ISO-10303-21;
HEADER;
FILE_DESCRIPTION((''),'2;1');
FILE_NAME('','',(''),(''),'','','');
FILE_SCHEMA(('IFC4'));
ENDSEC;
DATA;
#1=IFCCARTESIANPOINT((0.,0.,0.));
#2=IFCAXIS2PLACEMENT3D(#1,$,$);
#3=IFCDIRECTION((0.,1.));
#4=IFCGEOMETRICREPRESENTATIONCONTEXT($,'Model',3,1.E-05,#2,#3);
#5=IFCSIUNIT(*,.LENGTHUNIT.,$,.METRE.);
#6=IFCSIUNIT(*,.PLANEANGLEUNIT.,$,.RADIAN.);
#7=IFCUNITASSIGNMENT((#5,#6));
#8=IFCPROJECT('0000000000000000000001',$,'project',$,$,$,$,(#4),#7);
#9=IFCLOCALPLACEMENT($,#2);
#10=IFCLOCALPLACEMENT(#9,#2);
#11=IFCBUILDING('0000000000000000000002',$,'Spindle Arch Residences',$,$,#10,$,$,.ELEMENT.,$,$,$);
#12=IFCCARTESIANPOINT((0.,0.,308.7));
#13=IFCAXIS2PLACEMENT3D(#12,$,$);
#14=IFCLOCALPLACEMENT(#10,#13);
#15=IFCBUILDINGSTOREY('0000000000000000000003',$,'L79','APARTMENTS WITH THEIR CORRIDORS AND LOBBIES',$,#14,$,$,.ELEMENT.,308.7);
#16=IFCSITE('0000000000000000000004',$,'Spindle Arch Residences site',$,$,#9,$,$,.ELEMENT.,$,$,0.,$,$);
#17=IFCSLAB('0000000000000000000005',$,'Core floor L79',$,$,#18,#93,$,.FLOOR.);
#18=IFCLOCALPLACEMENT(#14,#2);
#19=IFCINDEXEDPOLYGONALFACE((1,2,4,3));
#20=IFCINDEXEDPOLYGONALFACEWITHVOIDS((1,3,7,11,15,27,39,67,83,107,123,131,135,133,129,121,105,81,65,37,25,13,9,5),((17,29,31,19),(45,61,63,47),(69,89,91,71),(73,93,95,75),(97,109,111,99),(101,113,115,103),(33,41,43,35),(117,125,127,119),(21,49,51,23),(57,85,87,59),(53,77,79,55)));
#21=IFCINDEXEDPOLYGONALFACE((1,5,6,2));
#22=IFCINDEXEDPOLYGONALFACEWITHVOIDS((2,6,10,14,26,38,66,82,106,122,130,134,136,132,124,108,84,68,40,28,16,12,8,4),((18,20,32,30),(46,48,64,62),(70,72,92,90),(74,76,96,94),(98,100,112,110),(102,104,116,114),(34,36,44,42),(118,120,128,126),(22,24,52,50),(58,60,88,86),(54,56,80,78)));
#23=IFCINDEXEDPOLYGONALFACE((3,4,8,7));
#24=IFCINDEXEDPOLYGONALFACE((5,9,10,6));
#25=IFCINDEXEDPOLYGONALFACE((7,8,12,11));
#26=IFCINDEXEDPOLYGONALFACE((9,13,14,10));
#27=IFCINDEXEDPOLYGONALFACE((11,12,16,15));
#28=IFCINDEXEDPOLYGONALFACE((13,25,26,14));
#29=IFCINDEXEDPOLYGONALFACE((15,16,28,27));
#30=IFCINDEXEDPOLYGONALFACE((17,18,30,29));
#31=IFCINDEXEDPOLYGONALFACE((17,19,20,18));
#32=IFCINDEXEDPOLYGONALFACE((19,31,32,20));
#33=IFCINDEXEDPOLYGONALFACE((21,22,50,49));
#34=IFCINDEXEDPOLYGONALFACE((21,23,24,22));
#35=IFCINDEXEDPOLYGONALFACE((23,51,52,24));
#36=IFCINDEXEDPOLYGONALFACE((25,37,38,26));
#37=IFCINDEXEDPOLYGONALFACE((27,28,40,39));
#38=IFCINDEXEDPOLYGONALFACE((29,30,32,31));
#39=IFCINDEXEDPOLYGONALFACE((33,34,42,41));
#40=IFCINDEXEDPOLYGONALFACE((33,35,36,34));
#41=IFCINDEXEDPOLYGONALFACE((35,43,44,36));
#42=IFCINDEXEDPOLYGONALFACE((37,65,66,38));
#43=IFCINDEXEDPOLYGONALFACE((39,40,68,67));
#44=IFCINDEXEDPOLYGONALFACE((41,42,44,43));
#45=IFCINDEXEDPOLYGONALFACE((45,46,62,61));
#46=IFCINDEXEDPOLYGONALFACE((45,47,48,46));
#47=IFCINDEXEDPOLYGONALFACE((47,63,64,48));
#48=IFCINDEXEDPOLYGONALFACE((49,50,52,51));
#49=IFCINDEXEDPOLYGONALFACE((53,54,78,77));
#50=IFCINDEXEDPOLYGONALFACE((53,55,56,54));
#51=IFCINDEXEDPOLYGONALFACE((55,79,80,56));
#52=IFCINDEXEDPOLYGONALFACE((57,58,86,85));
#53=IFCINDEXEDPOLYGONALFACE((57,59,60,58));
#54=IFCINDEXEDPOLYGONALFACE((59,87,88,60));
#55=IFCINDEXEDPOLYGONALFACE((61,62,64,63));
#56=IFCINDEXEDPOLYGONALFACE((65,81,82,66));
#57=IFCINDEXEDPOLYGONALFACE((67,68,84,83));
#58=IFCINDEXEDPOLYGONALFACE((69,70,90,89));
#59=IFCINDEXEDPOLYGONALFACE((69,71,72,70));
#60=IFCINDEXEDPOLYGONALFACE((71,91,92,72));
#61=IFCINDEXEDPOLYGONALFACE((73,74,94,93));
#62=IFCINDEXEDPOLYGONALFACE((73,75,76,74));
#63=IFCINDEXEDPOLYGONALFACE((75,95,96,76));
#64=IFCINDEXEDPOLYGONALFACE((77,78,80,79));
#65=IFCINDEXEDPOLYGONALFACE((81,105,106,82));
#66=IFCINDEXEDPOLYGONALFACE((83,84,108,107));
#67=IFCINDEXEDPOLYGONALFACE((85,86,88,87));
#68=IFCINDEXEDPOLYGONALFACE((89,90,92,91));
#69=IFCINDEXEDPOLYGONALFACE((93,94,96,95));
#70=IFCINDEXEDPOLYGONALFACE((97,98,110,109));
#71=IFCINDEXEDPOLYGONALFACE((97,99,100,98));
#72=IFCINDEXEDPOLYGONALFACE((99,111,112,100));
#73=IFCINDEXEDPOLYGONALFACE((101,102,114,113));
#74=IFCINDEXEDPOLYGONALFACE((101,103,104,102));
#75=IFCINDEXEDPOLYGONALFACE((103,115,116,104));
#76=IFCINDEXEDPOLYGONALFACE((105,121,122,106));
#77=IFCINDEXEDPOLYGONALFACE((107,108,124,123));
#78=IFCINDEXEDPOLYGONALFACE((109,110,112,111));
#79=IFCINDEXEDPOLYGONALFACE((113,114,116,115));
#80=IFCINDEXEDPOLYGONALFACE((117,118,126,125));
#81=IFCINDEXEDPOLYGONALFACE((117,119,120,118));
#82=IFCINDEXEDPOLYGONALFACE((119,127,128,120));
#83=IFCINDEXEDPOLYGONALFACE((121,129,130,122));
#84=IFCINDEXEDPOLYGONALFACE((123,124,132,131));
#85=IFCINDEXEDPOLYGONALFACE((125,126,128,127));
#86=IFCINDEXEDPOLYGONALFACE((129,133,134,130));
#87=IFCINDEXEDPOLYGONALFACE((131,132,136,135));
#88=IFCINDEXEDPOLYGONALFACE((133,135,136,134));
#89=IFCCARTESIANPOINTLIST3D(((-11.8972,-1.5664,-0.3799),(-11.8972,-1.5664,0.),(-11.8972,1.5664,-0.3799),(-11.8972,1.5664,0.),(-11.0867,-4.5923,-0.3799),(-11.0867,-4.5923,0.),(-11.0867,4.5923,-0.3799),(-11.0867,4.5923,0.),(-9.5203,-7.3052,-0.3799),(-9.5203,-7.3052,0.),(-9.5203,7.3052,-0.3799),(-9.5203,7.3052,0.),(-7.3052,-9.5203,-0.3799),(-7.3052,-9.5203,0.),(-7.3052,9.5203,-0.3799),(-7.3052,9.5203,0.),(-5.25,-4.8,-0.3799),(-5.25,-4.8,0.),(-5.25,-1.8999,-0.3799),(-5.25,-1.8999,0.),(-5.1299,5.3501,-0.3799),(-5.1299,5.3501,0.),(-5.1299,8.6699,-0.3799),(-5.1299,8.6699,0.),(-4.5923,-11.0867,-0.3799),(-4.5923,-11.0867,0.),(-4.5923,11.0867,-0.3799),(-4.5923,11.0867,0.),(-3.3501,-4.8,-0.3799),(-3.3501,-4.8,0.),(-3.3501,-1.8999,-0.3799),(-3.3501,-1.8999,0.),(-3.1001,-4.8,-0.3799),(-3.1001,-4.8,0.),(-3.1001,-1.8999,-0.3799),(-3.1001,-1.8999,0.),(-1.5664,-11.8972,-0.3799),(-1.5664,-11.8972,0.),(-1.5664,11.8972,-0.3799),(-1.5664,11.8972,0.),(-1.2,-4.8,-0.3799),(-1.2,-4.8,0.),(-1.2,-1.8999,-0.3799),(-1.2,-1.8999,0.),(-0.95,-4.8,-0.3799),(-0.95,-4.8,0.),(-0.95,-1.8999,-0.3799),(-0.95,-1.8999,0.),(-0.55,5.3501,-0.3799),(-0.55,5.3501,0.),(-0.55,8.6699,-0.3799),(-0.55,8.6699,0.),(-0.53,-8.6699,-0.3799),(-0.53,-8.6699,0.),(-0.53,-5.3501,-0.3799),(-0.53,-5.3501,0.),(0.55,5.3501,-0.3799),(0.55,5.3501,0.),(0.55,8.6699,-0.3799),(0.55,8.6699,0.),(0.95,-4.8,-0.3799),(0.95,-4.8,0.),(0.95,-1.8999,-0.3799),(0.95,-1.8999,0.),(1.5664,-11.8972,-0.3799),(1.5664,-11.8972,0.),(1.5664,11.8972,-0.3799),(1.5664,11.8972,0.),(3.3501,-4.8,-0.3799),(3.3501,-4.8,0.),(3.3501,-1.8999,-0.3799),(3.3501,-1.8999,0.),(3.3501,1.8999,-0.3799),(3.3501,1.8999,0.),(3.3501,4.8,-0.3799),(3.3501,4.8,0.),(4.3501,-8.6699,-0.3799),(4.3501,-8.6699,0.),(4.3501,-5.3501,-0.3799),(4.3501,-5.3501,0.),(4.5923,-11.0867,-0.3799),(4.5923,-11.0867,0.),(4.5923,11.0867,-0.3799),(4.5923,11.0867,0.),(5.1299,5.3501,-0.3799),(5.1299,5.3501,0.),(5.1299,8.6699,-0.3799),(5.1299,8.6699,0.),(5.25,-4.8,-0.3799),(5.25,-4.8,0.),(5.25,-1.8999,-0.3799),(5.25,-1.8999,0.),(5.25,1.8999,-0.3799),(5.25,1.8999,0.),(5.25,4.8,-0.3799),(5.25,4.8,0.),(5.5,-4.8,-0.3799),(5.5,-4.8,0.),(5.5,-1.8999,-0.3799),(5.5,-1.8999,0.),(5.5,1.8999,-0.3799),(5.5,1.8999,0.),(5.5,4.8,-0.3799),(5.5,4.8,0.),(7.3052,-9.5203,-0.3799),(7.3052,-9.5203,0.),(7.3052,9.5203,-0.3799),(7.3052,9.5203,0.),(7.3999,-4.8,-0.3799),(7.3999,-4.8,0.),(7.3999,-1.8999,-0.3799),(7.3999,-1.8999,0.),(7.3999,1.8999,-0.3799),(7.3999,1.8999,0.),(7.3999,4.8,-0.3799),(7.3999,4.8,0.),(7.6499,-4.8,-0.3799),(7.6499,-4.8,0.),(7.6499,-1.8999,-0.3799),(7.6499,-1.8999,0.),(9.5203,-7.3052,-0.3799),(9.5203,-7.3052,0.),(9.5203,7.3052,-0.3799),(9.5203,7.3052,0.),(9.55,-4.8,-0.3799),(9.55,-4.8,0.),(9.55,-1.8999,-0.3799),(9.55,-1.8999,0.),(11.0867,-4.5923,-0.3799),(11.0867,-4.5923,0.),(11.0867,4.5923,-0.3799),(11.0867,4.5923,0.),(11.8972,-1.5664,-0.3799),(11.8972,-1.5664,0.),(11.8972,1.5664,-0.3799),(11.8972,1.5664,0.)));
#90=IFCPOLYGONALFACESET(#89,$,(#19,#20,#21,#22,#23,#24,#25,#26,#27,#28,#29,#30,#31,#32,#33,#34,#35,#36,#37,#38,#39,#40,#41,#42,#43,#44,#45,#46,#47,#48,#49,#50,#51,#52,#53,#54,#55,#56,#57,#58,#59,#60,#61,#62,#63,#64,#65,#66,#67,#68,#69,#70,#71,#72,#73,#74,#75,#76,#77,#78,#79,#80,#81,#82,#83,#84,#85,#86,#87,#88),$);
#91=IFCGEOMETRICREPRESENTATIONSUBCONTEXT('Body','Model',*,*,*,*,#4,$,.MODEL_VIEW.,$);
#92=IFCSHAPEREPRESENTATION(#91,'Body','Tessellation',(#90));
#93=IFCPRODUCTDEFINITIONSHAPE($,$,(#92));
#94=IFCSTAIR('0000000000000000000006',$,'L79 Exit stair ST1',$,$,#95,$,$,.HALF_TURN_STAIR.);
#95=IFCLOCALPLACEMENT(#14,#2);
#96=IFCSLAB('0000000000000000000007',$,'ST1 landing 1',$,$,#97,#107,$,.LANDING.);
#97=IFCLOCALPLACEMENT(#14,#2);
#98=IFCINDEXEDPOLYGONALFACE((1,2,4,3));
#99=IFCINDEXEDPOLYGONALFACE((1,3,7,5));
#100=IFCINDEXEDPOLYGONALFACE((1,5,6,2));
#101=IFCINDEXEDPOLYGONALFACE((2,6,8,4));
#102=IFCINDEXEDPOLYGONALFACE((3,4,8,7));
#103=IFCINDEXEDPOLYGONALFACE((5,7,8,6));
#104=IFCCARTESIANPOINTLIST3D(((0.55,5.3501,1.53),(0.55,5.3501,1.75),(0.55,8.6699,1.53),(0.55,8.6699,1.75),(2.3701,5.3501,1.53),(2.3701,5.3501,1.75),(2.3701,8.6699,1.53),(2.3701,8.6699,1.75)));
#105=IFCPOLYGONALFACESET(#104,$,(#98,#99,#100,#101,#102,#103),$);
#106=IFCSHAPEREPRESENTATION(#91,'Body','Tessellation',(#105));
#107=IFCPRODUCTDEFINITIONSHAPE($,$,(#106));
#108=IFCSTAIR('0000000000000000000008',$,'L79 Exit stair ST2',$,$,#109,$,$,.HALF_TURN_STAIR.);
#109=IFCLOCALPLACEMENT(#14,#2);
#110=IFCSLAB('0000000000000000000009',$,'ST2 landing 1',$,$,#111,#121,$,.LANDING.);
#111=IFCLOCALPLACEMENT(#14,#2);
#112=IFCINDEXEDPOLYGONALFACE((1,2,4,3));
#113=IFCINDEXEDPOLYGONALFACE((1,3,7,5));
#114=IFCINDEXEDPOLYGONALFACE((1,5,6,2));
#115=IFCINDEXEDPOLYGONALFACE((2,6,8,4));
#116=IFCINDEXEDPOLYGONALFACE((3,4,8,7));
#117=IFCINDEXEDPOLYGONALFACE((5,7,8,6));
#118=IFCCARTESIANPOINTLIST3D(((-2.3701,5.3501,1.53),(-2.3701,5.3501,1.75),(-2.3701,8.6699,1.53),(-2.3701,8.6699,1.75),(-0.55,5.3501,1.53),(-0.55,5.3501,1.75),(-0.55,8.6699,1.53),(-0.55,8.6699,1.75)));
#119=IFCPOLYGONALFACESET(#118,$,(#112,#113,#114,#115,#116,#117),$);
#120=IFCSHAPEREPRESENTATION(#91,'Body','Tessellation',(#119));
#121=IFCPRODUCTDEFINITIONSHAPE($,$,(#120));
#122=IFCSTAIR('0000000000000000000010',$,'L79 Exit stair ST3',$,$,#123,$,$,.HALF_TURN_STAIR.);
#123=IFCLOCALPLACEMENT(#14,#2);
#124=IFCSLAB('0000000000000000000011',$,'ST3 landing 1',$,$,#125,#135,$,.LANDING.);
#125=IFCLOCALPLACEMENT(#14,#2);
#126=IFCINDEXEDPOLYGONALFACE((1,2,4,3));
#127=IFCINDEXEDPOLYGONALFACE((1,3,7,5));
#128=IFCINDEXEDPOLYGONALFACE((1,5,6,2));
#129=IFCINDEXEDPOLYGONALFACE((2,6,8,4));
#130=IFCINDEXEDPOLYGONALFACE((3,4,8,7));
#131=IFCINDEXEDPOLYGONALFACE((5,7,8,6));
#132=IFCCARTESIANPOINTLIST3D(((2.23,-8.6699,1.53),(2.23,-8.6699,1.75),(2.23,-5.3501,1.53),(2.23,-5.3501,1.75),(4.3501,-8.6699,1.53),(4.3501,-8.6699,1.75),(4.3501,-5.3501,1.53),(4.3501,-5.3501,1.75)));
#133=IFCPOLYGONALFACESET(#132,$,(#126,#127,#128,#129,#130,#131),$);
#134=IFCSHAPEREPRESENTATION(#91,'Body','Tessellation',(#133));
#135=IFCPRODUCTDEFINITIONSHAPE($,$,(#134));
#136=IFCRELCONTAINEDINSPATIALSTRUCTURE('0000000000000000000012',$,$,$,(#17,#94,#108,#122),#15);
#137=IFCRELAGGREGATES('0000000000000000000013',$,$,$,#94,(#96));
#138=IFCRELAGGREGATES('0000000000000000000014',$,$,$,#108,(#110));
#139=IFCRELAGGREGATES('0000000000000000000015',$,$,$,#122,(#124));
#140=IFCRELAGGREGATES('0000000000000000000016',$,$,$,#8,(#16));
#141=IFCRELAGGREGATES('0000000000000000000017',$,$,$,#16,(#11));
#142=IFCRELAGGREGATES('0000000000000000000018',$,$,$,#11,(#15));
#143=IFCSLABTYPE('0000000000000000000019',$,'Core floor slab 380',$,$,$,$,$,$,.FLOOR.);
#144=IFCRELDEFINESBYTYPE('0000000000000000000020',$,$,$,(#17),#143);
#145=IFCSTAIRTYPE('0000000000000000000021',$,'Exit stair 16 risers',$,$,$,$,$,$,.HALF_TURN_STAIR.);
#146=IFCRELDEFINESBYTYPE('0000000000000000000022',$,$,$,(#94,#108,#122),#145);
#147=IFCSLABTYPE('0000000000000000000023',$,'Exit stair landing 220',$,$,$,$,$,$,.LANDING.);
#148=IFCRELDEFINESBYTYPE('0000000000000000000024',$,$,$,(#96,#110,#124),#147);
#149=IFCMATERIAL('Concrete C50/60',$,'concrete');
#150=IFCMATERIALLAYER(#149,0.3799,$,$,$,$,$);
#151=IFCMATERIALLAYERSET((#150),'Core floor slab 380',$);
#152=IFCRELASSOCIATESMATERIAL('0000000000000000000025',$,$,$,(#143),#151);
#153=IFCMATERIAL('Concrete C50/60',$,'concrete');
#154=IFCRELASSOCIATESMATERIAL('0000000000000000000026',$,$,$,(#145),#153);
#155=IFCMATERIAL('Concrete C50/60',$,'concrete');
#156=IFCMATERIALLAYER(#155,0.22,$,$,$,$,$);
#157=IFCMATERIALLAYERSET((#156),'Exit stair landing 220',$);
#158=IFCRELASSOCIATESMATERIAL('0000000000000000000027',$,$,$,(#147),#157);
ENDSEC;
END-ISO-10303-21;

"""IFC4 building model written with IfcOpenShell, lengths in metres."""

from ifc_helpers import new_model, si_unit, direction, frame, origin, place, context, subcontext, project, spatial, polyline, outline, extrude, material, layer, layer_set, type_object, element, aggregate, save


model = new_model("IFC4")

# Units and contexts
model_context = context("Model", 3, precision=1e-05, world=origin(), true_north=direction((0.0, 1.0)))
body_context = subcontext(model_context, "Body", "Model", "MODEL_VIEW")
ifc_project = project(units=[si_unit("LENGTHUNIT", "METRE"), si_unit("PLANEANGLEUNIT", "RADIAN")], contexts=[model_context])

# Site, building, storey
site_placement = place(None, origin())
site = spatial("IfcSite", under=ifc_project, at=site_placement, Name="Spindle Arch Residences site", CompositionType="ELEMENT", RefElevation=0.0)
building_placement = place(site_placement, origin())
building = spatial("IfcBuilding", under=site, at=building_placement, Name="Spindle Arch Residences", CompositionType="ELEMENT")
storey_placement = place(building_placement, frame((0.0, 0.0, 308.7)))
storey = spatial("IfcBuildingStorey", under=building, at=storey_placement, Name="L79", Description="APARTMENTS WITH THEIR CORRIDORS AND LOBBIES", CompositionType="ELEMENT", Elevation=308.7)

# Slab
ifc_material_1 = material(Name="Concrete C50/60", Category="concrete")
ifc_layer_1 = layer(ifc_material_1, 0.3799)
ifc_layer_set_1 = layer_set([ifc_layer_1], Name="Core floor slab 380")
slab_type_1 = type_object("IfcSlabType", Name="Core floor slab 380", PredefinedType="FLOOR", material=ifc_layer_set_1)
slab_1_placement = place(storey_placement, frame((0.0, 0.0, -0.3799)))
element("IfcSlab", 1, at=slab_1_placement, inside=storey, type_object=slab_type_1, Name="Core floor L79", PredefinedType="FLOOR", context=body_context, shape_type="SweptSolid", body=[
    extrude(outline(polyline([(1.5664, -11.8972), (4.5923, -11.0867), (7.3052, -9.5203), (9.5203, -7.3052), (11.0867, -4.5923), (11.8972, -1.5664), (11.8972, 1.5664), (11.0867, 4.5923), (9.5203, 7.3052), (7.3052, 9.5203), (4.5923, 11.0867), (1.5664, 11.8972), (-1.5664, 11.8972), (-4.5923, 11.0867), (-7.3052, 9.5203), (-9.5203, 7.3052), (-11.0867, 4.5923), (-11.8972, 1.5664), (-11.8972, -1.5664), (-11.0867, -4.5923), (-9.5203, -7.3052), (-7.3052, -9.5203), (-4.5923, -11.0867), (-1.5664, -11.8972), (1.5664, -11.8972)]), holes=[polyline([(3.3501, 1.8999), (5.25, 1.8999), (5.25, 4.8), (3.3501, 4.8), (3.3501, 1.8999)]), polyline([(5.5, 1.8999), (7.3999, 1.8999), (7.3999, 4.8), (5.5, 4.8), (5.5, 1.8999)]), polyline([(-5.25, -4.8), (-3.3501, -4.8), (-3.3501, -1.8999), (-5.25, -1.8999), (-5.25, -4.8)]), polyline([(-3.1001, -4.8), (-1.2, -4.8), (-1.2, -1.8999), (-3.1001, -1.8999), (-3.1001, -4.8)]), polyline([(-0.95, -4.8), (0.95, -4.8), (0.95, -1.8999), (-0.95, -1.8999), (-0.95, -4.8)]), polyline([(3.3501, -4.8), (5.25, -4.8), (5.25, -1.8999), (3.3501, -1.8999), (3.3501, -4.8)]), polyline([(5.5, -4.8), (7.3999, -4.8), (7.3999, -1.8999), (5.5, -1.8999), (5.5, -4.8)]), polyline([(7.6499, -4.8), (9.55, -4.8), (9.55, -1.8999), (7.6499, -1.8999), (7.6499, -4.8)]), polyline([(5.1299, 8.6699), (0.55, 8.6699), (0.55, 5.3501), (5.1299, 5.3501), (5.1299, 8.6699)]), polyline([(-5.1299, 5.3501), (-0.55, 5.3501), (-0.55, 8.6699), (-5.1299, 8.6699), (-5.1299, 5.3501)]), polyline([(-0.53, -8.6699), (4.3501, -8.6699), (4.3501, -5.3501), (-0.53, -5.3501), (-0.53, -8.6699)])]), origin(), (0.0, 0.0, 1.0), 0.3799),
])

# Stairs, slabs
ifc_material_2 = material(Name="Concrete C50/60", Category="concrete")
stair_type = type_object("IfcStairType", Name="Exit stair 16 risers", PredefinedType="HALF_TURN_STAIR", material=ifc_material_2)
stair_1_placement = place(storey_placement, origin())
stair_1 = element("IfcStair", 2, at=stair_1_placement, inside=storey, type_object=stair_type, Name="L79 Exit stair ST1", PredefinedType="HALF_TURN_STAIR")
ifc_material_3 = material(Name="Concrete C50/60", Category="concrete")
ifc_layer_2 = layer(ifc_material_3, 0.22)
ifc_layer_set_2 = layer_set([ifc_layer_2], Name="Exit stair landing 220")
slab_type_2 = type_object("IfcSlabType", Name="Exit stair landing 220", PredefinedType="LANDING", material=ifc_layer_set_2)
slab_2_placement = place(storey_placement, frame((0.0, 0.0, 1.53)))
slab_2 = element("IfcSlab", 3, at=slab_2_placement, type_object=slab_type_2, Name="ST1 landing 1", PredefinedType="LANDING", context=body_context, shape_type="SweptSolid", body=[
    extrude(outline(polyline([(2.3701, 8.6699), (0.55, 8.6699), (0.55, 5.3501), (2.3701, 5.3501), (2.3701, 8.6699)])), origin(), (0.0, 0.0, 1.0), 0.22),
])
aggregate(stair_1, [slab_2])
stair_2_placement = place(storey_placement, origin())
stair_2 = element("IfcStair", 4, at=stair_2_placement, inside=storey, type_object=stair_type, Name="L79 Exit stair ST2", PredefinedType="HALF_TURN_STAIR")
slab_3_placement = place(storey_placement, frame((0.0, 0.0, 1.53)))
slab_3 = element("IfcSlab", 5, at=slab_3_placement, type_object=slab_type_2, Name="ST2 landing 1", PredefinedType="LANDING", context=body_context, shape_type="SweptSolid", body=[
    extrude(outline(polyline([(-2.3701, 5.3501), (-0.55, 5.3501), (-0.55, 8.6699), (-2.3701, 8.6699), (-2.3701, 5.3501)])), origin(), (0.0, 0.0, 1.0), 0.22),
])
aggregate(stair_2, [slab_3])
stair_3_placement = place(storey_placement, origin())
stair_3 = element("IfcStair", 6, at=stair_3_placement, inside=storey, type_object=stair_type, Name="L79 Exit stair ST3", PredefinedType="HALF_TURN_STAIR")
slab_4_placement = place(storey_placement, frame((0.0, 0.0, 1.53)))
slab_4 = element("IfcSlab", 7, at=slab_4_placement, type_object=slab_type_2, Name="ST3 landing 1", PredefinedType="LANDING", context=body_context, shape_type="SweptSolid", body=[
    extrude(outline(polyline([(2.23, -8.6699), (4.3501, -8.6699), (4.3501, -5.3501), (2.23, -5.3501), (2.23, -8.6699)])), origin(), (0.0, 0.0, 1.0), 0.22),
])

aggregate(stair_3, [slab_4])

save(model, "model.ifc")
